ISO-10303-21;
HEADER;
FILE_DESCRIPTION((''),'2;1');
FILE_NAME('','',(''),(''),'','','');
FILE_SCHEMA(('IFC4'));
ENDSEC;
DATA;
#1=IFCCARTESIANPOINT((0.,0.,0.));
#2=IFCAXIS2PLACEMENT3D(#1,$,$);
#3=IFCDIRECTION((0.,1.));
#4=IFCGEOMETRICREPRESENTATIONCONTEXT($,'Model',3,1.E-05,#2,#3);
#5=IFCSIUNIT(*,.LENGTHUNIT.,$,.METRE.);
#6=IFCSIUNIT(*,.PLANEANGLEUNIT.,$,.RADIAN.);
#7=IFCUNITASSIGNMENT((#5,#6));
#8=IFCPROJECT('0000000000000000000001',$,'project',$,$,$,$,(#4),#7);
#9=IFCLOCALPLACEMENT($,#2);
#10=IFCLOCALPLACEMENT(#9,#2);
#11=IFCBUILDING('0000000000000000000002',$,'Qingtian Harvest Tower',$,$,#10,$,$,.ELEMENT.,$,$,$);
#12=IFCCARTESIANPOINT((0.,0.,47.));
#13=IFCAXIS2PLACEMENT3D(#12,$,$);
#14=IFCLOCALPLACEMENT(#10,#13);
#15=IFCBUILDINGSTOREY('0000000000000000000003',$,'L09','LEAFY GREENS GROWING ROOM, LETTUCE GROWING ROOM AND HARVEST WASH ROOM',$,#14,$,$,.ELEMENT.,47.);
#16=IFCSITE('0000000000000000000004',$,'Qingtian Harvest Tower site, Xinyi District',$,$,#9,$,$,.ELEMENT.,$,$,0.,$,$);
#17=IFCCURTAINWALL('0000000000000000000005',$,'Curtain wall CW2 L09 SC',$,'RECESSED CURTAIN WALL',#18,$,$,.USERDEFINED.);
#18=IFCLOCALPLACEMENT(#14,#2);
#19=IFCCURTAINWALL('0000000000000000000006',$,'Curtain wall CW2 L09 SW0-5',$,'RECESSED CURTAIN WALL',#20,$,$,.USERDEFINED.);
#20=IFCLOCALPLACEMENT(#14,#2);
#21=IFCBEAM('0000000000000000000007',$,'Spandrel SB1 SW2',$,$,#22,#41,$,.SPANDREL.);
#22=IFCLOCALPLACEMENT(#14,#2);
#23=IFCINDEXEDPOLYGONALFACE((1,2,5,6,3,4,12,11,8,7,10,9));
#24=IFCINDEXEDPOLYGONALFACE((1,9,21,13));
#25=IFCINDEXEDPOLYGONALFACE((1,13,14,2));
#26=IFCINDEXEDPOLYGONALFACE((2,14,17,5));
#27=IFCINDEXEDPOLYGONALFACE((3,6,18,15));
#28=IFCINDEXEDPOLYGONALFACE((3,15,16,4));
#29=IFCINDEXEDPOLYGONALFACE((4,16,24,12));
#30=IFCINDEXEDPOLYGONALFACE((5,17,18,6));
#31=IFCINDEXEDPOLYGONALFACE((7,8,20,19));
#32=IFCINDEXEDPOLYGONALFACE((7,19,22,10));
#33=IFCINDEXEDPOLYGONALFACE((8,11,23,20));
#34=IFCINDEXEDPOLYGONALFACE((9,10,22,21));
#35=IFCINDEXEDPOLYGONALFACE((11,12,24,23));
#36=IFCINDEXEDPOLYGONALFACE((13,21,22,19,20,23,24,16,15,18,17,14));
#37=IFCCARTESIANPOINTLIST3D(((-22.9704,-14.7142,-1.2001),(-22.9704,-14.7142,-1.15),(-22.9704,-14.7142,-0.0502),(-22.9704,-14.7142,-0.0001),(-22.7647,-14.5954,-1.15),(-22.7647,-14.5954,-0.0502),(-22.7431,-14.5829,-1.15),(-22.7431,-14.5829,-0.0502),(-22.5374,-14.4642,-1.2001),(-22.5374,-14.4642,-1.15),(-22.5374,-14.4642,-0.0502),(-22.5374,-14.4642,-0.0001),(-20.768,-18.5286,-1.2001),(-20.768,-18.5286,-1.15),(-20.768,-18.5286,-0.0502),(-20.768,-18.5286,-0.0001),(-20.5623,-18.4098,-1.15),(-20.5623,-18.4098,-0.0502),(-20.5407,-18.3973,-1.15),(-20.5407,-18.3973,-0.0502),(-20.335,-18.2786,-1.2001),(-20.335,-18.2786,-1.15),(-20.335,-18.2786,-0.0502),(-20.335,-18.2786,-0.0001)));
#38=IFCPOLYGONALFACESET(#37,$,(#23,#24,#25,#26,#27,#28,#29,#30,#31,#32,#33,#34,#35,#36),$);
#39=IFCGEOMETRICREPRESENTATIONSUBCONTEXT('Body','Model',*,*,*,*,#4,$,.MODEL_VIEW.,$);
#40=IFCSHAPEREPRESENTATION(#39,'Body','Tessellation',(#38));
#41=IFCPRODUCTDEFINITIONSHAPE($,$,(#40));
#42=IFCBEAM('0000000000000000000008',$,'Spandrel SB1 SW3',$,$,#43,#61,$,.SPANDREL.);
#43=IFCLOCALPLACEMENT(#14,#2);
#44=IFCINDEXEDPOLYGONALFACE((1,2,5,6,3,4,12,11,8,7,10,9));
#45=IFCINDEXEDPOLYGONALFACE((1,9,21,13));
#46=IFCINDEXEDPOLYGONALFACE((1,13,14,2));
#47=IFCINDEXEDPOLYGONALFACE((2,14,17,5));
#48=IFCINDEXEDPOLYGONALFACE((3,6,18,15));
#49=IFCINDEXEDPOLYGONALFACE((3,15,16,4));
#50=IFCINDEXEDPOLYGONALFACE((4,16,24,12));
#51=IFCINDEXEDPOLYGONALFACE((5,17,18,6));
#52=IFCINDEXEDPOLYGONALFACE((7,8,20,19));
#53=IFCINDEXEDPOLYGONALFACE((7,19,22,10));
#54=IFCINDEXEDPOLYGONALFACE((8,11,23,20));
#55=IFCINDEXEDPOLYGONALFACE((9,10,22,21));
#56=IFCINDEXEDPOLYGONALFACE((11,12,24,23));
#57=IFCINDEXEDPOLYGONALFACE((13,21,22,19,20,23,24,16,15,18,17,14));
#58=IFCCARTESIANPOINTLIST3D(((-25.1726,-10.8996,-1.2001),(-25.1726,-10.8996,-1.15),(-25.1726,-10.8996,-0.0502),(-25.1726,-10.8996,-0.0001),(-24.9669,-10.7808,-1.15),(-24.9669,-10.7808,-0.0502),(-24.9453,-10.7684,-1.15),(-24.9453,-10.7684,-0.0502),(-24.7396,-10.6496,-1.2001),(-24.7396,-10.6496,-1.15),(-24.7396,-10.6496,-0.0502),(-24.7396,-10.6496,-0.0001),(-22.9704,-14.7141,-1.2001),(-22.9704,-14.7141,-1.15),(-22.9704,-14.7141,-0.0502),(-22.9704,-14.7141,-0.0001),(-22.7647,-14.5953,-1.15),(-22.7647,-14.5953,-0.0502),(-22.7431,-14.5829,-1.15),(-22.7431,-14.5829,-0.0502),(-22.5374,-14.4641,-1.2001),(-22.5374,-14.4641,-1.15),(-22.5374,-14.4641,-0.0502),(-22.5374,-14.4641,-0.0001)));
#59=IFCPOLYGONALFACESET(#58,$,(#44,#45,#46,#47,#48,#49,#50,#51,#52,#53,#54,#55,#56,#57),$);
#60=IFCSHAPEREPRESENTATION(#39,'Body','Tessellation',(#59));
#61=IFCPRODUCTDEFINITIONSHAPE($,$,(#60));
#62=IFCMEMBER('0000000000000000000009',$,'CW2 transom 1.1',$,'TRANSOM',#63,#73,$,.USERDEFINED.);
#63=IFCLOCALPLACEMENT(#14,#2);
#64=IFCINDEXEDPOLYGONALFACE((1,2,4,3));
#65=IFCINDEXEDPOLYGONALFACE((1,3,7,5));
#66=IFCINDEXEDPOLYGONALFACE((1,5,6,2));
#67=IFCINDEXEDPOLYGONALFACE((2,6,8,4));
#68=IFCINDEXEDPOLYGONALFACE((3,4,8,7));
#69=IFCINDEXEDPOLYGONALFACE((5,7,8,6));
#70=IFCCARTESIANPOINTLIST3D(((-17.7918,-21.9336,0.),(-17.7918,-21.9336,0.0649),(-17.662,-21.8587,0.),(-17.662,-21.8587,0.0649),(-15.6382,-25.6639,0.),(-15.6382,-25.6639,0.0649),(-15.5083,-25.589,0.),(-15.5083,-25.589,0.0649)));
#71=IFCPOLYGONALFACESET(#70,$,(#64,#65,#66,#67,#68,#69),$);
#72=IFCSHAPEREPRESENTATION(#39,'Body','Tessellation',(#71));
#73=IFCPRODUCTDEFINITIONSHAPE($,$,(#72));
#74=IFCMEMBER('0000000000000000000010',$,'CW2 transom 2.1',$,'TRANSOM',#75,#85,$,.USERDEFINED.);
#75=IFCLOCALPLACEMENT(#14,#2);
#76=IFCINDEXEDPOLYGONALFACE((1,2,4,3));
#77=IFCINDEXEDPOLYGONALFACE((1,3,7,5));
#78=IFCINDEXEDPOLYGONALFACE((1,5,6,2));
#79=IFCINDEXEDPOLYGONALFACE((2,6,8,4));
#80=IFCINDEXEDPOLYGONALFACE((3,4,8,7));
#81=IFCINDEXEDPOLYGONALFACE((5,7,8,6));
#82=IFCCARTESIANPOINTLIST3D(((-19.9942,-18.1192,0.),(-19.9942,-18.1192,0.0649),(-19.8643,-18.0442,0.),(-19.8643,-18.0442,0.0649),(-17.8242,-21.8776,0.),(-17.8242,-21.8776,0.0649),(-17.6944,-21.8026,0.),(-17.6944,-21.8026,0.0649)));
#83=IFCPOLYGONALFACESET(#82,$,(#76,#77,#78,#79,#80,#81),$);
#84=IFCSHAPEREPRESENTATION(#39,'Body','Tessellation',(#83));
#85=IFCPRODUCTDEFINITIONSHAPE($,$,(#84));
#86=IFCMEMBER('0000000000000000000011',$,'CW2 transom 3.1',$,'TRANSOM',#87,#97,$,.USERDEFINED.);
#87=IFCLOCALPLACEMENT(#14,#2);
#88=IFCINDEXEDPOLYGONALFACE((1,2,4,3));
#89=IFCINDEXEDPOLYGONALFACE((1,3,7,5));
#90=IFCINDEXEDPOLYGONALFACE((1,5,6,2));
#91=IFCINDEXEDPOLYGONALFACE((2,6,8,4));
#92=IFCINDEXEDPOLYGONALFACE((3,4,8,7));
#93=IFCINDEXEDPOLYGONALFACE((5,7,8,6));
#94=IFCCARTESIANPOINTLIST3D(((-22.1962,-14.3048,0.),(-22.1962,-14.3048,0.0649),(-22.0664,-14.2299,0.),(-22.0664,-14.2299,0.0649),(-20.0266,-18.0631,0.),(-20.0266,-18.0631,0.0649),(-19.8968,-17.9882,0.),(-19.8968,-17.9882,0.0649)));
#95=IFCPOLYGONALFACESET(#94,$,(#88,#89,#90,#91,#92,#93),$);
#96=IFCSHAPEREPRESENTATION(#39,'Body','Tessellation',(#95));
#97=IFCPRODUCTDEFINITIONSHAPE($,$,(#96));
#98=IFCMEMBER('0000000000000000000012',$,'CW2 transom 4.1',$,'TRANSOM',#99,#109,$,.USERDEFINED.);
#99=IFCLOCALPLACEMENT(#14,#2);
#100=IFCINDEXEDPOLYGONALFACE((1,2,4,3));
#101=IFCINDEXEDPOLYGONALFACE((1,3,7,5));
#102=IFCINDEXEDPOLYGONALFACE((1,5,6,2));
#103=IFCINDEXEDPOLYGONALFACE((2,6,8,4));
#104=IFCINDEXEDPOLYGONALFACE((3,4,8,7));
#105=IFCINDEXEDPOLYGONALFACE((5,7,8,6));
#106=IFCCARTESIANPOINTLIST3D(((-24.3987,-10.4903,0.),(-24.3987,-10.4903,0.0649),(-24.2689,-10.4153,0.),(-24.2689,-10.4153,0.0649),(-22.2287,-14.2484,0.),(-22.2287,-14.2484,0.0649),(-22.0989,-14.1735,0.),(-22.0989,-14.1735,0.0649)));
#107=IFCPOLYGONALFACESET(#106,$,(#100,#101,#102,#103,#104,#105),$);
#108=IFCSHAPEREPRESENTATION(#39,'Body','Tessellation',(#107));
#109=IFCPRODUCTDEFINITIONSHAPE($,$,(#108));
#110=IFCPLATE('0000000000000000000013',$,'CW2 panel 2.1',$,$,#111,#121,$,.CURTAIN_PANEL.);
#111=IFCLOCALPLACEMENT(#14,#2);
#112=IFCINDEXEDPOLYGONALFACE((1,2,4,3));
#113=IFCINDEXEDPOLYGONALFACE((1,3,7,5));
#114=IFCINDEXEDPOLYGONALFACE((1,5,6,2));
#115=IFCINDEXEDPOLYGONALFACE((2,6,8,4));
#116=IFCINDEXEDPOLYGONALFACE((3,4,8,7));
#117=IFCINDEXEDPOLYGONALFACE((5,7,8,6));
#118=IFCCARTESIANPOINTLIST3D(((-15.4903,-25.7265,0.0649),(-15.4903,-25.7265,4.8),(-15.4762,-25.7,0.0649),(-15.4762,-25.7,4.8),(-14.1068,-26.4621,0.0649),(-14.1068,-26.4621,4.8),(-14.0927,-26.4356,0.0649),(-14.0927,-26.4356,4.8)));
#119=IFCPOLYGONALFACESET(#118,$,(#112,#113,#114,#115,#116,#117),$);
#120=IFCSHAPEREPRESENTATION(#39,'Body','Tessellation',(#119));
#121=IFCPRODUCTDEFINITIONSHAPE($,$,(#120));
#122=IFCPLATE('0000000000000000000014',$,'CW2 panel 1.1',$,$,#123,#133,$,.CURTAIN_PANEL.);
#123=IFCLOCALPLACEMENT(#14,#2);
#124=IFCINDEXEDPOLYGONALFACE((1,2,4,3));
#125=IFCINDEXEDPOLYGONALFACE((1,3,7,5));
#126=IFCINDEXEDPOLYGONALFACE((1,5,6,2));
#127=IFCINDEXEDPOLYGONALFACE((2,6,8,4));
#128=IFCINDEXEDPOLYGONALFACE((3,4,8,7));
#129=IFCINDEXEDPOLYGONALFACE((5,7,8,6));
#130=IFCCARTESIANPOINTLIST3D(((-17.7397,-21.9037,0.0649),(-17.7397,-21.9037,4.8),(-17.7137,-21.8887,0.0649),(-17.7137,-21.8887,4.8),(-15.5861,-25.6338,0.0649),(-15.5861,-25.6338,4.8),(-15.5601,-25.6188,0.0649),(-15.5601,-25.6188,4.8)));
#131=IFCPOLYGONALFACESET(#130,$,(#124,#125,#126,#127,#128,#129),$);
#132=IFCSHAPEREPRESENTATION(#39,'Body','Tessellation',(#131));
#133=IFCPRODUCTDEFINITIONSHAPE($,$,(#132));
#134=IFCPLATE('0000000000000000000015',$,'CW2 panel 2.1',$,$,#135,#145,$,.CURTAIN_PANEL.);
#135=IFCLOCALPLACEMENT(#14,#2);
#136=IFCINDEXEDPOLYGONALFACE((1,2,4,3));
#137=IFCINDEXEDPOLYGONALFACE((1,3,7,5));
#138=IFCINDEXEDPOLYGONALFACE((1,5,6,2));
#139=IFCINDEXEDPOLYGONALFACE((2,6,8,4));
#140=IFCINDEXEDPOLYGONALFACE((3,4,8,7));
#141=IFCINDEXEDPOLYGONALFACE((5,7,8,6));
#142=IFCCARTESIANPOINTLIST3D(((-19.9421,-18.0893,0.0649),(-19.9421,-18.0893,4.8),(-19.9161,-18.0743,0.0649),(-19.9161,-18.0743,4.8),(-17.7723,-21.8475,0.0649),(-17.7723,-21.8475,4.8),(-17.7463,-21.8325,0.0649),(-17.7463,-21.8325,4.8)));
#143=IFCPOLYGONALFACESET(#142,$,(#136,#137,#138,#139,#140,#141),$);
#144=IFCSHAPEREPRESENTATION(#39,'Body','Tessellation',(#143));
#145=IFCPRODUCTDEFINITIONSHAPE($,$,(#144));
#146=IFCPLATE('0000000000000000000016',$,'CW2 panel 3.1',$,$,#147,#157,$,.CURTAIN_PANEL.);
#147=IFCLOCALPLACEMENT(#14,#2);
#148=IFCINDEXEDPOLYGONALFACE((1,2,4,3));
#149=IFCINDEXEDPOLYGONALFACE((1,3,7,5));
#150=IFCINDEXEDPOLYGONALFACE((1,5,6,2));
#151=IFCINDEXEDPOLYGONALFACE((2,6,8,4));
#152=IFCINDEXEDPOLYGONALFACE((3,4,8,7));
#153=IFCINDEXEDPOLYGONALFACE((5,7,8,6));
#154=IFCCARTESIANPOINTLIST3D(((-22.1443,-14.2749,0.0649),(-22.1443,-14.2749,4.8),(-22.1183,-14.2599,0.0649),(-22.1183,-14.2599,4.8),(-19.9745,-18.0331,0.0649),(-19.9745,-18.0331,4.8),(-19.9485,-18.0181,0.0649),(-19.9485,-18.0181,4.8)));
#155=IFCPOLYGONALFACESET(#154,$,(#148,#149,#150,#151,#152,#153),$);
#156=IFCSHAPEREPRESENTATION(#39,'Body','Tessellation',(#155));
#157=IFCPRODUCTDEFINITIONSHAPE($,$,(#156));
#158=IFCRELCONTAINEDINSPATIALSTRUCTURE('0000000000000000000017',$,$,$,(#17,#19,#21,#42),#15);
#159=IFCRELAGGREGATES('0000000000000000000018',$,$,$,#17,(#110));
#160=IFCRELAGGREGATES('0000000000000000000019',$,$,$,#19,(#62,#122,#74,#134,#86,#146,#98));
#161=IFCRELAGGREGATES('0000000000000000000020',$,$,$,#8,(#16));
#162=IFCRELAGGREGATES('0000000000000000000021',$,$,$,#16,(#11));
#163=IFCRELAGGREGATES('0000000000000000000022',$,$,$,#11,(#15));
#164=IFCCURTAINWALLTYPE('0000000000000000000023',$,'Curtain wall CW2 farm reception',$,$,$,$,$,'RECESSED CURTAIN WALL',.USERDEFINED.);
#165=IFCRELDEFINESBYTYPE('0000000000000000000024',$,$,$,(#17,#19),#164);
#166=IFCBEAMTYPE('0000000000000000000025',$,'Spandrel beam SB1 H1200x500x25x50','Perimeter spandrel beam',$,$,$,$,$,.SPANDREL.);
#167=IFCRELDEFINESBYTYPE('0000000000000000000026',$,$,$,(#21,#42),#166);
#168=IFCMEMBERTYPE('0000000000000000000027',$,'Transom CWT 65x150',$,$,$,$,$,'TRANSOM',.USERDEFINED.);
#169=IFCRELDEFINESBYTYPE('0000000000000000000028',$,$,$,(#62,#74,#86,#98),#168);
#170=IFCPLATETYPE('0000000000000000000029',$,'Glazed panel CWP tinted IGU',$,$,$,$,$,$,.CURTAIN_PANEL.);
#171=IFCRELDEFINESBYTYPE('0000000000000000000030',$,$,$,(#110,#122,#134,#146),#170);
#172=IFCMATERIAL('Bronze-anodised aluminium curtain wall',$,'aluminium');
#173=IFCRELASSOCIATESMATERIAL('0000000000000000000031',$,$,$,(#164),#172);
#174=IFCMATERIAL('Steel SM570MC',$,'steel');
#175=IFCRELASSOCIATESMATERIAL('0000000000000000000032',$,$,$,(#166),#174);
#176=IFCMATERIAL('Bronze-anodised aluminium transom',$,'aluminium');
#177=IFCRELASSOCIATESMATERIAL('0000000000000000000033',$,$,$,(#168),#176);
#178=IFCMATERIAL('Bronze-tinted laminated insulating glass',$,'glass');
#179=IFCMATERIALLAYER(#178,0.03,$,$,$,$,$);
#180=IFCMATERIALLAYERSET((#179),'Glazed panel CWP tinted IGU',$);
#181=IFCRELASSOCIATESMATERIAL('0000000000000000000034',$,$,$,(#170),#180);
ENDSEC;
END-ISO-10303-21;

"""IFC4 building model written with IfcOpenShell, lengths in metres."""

from ifc_helpers import new_model, si_unit, direction, frame, origin, origin_2d, place, context, subcontext, project, spatial, rectangle, i_section, extrude, material, layer, layer_set, material_profile, profile_set, type_object, element, aggregate, save


model = new_model("IFC4")

# Units and contexts
model_context = context("Model", 3, precision=1e-05, world=origin(), true_north=direction((0.0, 1.0)))
body_context = subcontext(model_context, "Body", "Model", "MODEL_VIEW")
ifc_project = project(units=[si_unit("LENGTHUNIT", "METRE"), si_unit("PLANEANGLEUNIT", "RADIAN")], contexts=[model_context])

# Site, building, storey
site_placement = place(None, origin())
site = spatial("IfcSite", under=ifc_project, at=site_placement, Name="Qingtian Harvest Tower site, Xinyi District", CompositionType="ELEMENT", RefElevation=0.0)
building_placement = place(site_placement, origin())
building = spatial("IfcBuilding", under=site, at=building_placement, Name="Qingtian Harvest Tower", CompositionType="ELEMENT")
storey_placement = place(building_placement, frame((0.0, 0.0, 47.0)))
storey = spatial("IfcBuildingStorey", under=building, at=storey_placement, Name="L09", Description="LEAFY GREENS GROWING ROOM, LETTUCE GROWING ROOM AND HARVEST WASH ROOM", CompositionType="ELEMENT", Elevation=47.0)

# Curtain wall
ifc_material_1 = material(Name="Bronze-anodised aluminium curtain wall", Category="aluminium")
curtain_wall_type = type_object("IfcCurtainWallType", Name="Curtain wall CW2 farm reception", ElementType="RECESSED CURTAIN WALL", PredefinedType="USERDEFINED", material=ifc_material_1)
curtain_wall_1_placement = place(storey_placement, origin())
curtain_wall_1 = element("IfcCurtainWall", 1, at=curtain_wall_1_placement, inside=storey, type_object=curtain_wall_type, Name="Curtain wall CW2 L09 SC", ObjectType="RECESSED CURTAIN WALL", PredefinedType="USERDEFINED")

# Curtain wall
curtain_wall_2_placement = place(storey_placement, origin())
curtain_wall_2 = element("IfcCurtainWall", 2, at=curtain_wall_2_placement, inside=storey, type_object=curtain_wall_type, Name="Curtain wall CW2 L09 SW0-5", ObjectType="RECESSED CURTAIN WALL", PredefinedType="USERDEFINED")

# Beams
ifc_material_2 = material(Name="Steel SM570MC", Category="steel")
ifc_material_profile_1 = material_profile(ifc_material_2, i_section(OverallWidth=0.5, OverallDepth=1.2, WebThickness=0.0249, FlangeThickness=0.05, at=origin_2d()), Name="H1200x500x25x50")
ifc_profile_set_1 = profile_set([ifc_material_profile_1], Name="Steel SM570MC")
beam_type_1 = type_object("IfcBeamType", Name="Spandrel beam SB1 H1200x500x25x50", Description="Perimeter spandrel beam", PredefinedType="SPANDREL", material=ifc_profile_set_1)
for number, where, z_axis, x_axis, name in (
    (3, (-20.5515, -18.4036, -0.6001), (-0.50002, 0.866014, 0.0), (-0.866014, -0.50002, 0.0), "Spandrel SB1 SW2"),
    (4, (-22.7539, -14.5891, -0.6001), (-0.499978, 0.866038, 0.0), (-0.866038, -0.499978, 0.0), "Spandrel SB1 SW3"),
):
    element("IfcBeam", number, at=place(storey_placement, frame(where, z_axis=z_axis, x_axis=x_axis)), inside=storey, type_object=beam_type_1, Name=name, PredefinedType="SPANDREL", context=body_context, shape_type="SweptSolid", body=[
        extrude(i_section(OverallWidth=0.5, OverallDepth=1.2, WebThickness=0.0249, FlangeThickness=0.05, at=origin_2d()), origin(), (0.0, 0.0, 1.0), 4.4045),
    ])

# Members
ifc_material_3 = material(Name="Bronze-anodised aluminium transom", Category="aluminium")
ifc_material_profile_2 = material_profile(ifc_material_3, rectangle(XDim=0.1499, YDim=0.0649, at=origin_2d()), Name="AL 65x150")
ifc_profile_set_2 = profile_set([ifc_material_profile_2], Name="Bronze-anodised aluminium transom")
member_type_1 = type_object("IfcMemberType", Name="Transom CWT 65x150", ElementType="TRANSOM", PredefinedType="USERDEFINED", material=ifc_profile_set_2)
member_1_placement = place(storey_placement, frame((-15.5732, -25.6265, 0.0325), z_axis=(-0.499986, 0.866034, 0.0), x_axis=(-0.866034, -0.499986, 0.0)))
member_1 = element("IfcMember", 5, at=member_1_placement, type_object=member_type_1, Name="CW2 transom 1.1", ObjectType="TRANSOM", PredefinedType="USERDEFINED", context=body_context, shape_type="SweptSolid", body=[
    extrude(rectangle(XDim=0.1499, YDim=0.0649, at=origin_2d()), origin(), (0.0, 0.0, 1.0), 4.3074),
])
member_2_placement = place(storey_placement, frame((-17.7593, -21.8401, 0.0325), z_axis=(-0.500011, 0.866019, 0.0), x_axis=(-0.866019, -0.500011, 0.0)))
member_2 = element("IfcMember", 6, at=member_2_placement, type_object=member_type_1, Name="CW2 transom 2.1", ObjectType="TRANSOM", PredefinedType="USERDEFINED", context=body_context, shape_type="SweptSolid", body=[
    extrude(rectangle(XDim=0.1499, YDim=0.0649, at=origin_2d()), origin(), (0.0, 0.0, 1.0), 4.3398),
])
member_3_placement = place(storey_placement, frame((-19.9617, -18.0256, 0.0325), z_axis=(-0.499969, 0.866043, 0.0), x_axis=(-0.866043, -0.499969, 0.0)))
member_3 = element("IfcMember", 7, at=member_3_placement, type_object=member_type_1, Name="CW2 transom 3.1", ObjectType="TRANSOM", PredefinedType="USERDEFINED", context=body_context, shape_type="SweptSolid", body=[
    extrude(rectangle(XDim=0.1499, YDim=0.0649, at=origin_2d()), origin(), (0.0, 0.0, 1.0), 4.3396),
])
member_4_placement = place(storey_placement, frame((-22.1638, -14.2109, 0.0325), z_axis=(-0.500036, 0.866005, 0.0), x_axis=(-0.866005, -0.500036, 0.0)))
member_4 = element("IfcMember", 8, at=member_4_placement, type_object=member_type_1, Name="CW2 transom 4.1", ObjectType="TRANSOM", PredefinedType="USERDEFINED", context=body_context, shape_type="SweptSolid", body=[
    extrude(rectangle(XDim=0.1499, YDim=0.0649, at=origin_2d()), origin(), (0.0, 0.0, 1.0), 4.3396),
])

# Plates
ifc_material_4 = material(Name="Bronze-tinted laminated insulating glass", Category="glass")
ifc_layer = layer(ifc_material_4, 0.03)
ifc_layer_set = layer_set([ifc_layer], Name="Glazed panel CWP tinted IGU")
plate_type = type_object("IfcPlateType", Name="Glazed panel CWP tinted IGU", PredefinedType="CURTAIN_PANEL", material=ifc_layer_set)
plate_1_placement = place(storey_placement, frame((-14.7915, -26.0811, 0.0649), z_axis=(0.0, 0.0, 1.0), x_axis=(-0.882948, 0.469472, 0.0)))
plate_1 = element("IfcPlate", 9, at=plate_1_placement, type_object=plate_type, Name="CW2 panel 2.1", PredefinedType="CURTAIN_PANEL", context=body_context, shape_type="SweptSolid", body=[
    extrude(rectangle(XDim=1.5669, YDim=0.03, at=origin_2d()), origin(), (0.0, 0.0, 1.0), 4.7351),
])
aggregate(curtain_wall_1, [plate_1])
plate_2_placement = place(storey_placement, frame((-16.6499, -23.7612, 0.0649), z_axis=(0.0, 0.0, 1.0), x_axis=(-0.5, 0.866025, 0.0)))
plate_2 = element("IfcPlate", 10, at=plate_2_placement, type_object=plate_type, Name="CW2 panel 1.1", PredefinedType="CURTAIN_PANEL", context=body_context, shape_type="SweptSolid", body=[
    extrude(rectangle(XDim=4.3071, YDim=0.03, at=origin_2d()), origin(), (0.0, 0.0, 1.0), 4.7351),
])
plate_3_placement = place(storey_placement, frame((-18.8442, -19.9609, 0.0649), z_axis=(0.0, 0.0, 1.0), x_axis=(-0.5, 0.866025, 0.0)))
plate_3 = element("IfcPlate", 11, at=plate_3_placement, type_object=plate_type, Name="CW2 panel 2.1", PredefinedType="CURTAIN_PANEL", context=body_context, shape_type="SweptSolid", body=[
    extrude(rectangle(XDim=4.3396, YDim=0.03, at=origin_2d()), origin(), (0.0, 0.0, 1.0), 4.7351),
])
plate_4_placement = place(storey_placement, frame((-21.0464, -16.1465, 0.0649), z_axis=(0.0, 0.0, 1.0), x_axis=(-0.5, 0.866025, 0.0)))
plate_4 = element("IfcPlate", 12, at=plate_4_placement, type_object=plate_type, Name="CW2 panel 3.1", PredefinedType="CURTAIN_PANEL", context=body_context, shape_type="SweptSolid", body=[
    extrude(rectangle(XDim=4.3396, YDim=0.03, at=origin_2d()), origin(), (0.0, 0.0, 1.0), 4.7351),
])
aggregate(curtain_wall_2, [member_1, plate_2, member_2, plate_3, member_3, plate_4, member_4])

save(model, "model.ifc")
